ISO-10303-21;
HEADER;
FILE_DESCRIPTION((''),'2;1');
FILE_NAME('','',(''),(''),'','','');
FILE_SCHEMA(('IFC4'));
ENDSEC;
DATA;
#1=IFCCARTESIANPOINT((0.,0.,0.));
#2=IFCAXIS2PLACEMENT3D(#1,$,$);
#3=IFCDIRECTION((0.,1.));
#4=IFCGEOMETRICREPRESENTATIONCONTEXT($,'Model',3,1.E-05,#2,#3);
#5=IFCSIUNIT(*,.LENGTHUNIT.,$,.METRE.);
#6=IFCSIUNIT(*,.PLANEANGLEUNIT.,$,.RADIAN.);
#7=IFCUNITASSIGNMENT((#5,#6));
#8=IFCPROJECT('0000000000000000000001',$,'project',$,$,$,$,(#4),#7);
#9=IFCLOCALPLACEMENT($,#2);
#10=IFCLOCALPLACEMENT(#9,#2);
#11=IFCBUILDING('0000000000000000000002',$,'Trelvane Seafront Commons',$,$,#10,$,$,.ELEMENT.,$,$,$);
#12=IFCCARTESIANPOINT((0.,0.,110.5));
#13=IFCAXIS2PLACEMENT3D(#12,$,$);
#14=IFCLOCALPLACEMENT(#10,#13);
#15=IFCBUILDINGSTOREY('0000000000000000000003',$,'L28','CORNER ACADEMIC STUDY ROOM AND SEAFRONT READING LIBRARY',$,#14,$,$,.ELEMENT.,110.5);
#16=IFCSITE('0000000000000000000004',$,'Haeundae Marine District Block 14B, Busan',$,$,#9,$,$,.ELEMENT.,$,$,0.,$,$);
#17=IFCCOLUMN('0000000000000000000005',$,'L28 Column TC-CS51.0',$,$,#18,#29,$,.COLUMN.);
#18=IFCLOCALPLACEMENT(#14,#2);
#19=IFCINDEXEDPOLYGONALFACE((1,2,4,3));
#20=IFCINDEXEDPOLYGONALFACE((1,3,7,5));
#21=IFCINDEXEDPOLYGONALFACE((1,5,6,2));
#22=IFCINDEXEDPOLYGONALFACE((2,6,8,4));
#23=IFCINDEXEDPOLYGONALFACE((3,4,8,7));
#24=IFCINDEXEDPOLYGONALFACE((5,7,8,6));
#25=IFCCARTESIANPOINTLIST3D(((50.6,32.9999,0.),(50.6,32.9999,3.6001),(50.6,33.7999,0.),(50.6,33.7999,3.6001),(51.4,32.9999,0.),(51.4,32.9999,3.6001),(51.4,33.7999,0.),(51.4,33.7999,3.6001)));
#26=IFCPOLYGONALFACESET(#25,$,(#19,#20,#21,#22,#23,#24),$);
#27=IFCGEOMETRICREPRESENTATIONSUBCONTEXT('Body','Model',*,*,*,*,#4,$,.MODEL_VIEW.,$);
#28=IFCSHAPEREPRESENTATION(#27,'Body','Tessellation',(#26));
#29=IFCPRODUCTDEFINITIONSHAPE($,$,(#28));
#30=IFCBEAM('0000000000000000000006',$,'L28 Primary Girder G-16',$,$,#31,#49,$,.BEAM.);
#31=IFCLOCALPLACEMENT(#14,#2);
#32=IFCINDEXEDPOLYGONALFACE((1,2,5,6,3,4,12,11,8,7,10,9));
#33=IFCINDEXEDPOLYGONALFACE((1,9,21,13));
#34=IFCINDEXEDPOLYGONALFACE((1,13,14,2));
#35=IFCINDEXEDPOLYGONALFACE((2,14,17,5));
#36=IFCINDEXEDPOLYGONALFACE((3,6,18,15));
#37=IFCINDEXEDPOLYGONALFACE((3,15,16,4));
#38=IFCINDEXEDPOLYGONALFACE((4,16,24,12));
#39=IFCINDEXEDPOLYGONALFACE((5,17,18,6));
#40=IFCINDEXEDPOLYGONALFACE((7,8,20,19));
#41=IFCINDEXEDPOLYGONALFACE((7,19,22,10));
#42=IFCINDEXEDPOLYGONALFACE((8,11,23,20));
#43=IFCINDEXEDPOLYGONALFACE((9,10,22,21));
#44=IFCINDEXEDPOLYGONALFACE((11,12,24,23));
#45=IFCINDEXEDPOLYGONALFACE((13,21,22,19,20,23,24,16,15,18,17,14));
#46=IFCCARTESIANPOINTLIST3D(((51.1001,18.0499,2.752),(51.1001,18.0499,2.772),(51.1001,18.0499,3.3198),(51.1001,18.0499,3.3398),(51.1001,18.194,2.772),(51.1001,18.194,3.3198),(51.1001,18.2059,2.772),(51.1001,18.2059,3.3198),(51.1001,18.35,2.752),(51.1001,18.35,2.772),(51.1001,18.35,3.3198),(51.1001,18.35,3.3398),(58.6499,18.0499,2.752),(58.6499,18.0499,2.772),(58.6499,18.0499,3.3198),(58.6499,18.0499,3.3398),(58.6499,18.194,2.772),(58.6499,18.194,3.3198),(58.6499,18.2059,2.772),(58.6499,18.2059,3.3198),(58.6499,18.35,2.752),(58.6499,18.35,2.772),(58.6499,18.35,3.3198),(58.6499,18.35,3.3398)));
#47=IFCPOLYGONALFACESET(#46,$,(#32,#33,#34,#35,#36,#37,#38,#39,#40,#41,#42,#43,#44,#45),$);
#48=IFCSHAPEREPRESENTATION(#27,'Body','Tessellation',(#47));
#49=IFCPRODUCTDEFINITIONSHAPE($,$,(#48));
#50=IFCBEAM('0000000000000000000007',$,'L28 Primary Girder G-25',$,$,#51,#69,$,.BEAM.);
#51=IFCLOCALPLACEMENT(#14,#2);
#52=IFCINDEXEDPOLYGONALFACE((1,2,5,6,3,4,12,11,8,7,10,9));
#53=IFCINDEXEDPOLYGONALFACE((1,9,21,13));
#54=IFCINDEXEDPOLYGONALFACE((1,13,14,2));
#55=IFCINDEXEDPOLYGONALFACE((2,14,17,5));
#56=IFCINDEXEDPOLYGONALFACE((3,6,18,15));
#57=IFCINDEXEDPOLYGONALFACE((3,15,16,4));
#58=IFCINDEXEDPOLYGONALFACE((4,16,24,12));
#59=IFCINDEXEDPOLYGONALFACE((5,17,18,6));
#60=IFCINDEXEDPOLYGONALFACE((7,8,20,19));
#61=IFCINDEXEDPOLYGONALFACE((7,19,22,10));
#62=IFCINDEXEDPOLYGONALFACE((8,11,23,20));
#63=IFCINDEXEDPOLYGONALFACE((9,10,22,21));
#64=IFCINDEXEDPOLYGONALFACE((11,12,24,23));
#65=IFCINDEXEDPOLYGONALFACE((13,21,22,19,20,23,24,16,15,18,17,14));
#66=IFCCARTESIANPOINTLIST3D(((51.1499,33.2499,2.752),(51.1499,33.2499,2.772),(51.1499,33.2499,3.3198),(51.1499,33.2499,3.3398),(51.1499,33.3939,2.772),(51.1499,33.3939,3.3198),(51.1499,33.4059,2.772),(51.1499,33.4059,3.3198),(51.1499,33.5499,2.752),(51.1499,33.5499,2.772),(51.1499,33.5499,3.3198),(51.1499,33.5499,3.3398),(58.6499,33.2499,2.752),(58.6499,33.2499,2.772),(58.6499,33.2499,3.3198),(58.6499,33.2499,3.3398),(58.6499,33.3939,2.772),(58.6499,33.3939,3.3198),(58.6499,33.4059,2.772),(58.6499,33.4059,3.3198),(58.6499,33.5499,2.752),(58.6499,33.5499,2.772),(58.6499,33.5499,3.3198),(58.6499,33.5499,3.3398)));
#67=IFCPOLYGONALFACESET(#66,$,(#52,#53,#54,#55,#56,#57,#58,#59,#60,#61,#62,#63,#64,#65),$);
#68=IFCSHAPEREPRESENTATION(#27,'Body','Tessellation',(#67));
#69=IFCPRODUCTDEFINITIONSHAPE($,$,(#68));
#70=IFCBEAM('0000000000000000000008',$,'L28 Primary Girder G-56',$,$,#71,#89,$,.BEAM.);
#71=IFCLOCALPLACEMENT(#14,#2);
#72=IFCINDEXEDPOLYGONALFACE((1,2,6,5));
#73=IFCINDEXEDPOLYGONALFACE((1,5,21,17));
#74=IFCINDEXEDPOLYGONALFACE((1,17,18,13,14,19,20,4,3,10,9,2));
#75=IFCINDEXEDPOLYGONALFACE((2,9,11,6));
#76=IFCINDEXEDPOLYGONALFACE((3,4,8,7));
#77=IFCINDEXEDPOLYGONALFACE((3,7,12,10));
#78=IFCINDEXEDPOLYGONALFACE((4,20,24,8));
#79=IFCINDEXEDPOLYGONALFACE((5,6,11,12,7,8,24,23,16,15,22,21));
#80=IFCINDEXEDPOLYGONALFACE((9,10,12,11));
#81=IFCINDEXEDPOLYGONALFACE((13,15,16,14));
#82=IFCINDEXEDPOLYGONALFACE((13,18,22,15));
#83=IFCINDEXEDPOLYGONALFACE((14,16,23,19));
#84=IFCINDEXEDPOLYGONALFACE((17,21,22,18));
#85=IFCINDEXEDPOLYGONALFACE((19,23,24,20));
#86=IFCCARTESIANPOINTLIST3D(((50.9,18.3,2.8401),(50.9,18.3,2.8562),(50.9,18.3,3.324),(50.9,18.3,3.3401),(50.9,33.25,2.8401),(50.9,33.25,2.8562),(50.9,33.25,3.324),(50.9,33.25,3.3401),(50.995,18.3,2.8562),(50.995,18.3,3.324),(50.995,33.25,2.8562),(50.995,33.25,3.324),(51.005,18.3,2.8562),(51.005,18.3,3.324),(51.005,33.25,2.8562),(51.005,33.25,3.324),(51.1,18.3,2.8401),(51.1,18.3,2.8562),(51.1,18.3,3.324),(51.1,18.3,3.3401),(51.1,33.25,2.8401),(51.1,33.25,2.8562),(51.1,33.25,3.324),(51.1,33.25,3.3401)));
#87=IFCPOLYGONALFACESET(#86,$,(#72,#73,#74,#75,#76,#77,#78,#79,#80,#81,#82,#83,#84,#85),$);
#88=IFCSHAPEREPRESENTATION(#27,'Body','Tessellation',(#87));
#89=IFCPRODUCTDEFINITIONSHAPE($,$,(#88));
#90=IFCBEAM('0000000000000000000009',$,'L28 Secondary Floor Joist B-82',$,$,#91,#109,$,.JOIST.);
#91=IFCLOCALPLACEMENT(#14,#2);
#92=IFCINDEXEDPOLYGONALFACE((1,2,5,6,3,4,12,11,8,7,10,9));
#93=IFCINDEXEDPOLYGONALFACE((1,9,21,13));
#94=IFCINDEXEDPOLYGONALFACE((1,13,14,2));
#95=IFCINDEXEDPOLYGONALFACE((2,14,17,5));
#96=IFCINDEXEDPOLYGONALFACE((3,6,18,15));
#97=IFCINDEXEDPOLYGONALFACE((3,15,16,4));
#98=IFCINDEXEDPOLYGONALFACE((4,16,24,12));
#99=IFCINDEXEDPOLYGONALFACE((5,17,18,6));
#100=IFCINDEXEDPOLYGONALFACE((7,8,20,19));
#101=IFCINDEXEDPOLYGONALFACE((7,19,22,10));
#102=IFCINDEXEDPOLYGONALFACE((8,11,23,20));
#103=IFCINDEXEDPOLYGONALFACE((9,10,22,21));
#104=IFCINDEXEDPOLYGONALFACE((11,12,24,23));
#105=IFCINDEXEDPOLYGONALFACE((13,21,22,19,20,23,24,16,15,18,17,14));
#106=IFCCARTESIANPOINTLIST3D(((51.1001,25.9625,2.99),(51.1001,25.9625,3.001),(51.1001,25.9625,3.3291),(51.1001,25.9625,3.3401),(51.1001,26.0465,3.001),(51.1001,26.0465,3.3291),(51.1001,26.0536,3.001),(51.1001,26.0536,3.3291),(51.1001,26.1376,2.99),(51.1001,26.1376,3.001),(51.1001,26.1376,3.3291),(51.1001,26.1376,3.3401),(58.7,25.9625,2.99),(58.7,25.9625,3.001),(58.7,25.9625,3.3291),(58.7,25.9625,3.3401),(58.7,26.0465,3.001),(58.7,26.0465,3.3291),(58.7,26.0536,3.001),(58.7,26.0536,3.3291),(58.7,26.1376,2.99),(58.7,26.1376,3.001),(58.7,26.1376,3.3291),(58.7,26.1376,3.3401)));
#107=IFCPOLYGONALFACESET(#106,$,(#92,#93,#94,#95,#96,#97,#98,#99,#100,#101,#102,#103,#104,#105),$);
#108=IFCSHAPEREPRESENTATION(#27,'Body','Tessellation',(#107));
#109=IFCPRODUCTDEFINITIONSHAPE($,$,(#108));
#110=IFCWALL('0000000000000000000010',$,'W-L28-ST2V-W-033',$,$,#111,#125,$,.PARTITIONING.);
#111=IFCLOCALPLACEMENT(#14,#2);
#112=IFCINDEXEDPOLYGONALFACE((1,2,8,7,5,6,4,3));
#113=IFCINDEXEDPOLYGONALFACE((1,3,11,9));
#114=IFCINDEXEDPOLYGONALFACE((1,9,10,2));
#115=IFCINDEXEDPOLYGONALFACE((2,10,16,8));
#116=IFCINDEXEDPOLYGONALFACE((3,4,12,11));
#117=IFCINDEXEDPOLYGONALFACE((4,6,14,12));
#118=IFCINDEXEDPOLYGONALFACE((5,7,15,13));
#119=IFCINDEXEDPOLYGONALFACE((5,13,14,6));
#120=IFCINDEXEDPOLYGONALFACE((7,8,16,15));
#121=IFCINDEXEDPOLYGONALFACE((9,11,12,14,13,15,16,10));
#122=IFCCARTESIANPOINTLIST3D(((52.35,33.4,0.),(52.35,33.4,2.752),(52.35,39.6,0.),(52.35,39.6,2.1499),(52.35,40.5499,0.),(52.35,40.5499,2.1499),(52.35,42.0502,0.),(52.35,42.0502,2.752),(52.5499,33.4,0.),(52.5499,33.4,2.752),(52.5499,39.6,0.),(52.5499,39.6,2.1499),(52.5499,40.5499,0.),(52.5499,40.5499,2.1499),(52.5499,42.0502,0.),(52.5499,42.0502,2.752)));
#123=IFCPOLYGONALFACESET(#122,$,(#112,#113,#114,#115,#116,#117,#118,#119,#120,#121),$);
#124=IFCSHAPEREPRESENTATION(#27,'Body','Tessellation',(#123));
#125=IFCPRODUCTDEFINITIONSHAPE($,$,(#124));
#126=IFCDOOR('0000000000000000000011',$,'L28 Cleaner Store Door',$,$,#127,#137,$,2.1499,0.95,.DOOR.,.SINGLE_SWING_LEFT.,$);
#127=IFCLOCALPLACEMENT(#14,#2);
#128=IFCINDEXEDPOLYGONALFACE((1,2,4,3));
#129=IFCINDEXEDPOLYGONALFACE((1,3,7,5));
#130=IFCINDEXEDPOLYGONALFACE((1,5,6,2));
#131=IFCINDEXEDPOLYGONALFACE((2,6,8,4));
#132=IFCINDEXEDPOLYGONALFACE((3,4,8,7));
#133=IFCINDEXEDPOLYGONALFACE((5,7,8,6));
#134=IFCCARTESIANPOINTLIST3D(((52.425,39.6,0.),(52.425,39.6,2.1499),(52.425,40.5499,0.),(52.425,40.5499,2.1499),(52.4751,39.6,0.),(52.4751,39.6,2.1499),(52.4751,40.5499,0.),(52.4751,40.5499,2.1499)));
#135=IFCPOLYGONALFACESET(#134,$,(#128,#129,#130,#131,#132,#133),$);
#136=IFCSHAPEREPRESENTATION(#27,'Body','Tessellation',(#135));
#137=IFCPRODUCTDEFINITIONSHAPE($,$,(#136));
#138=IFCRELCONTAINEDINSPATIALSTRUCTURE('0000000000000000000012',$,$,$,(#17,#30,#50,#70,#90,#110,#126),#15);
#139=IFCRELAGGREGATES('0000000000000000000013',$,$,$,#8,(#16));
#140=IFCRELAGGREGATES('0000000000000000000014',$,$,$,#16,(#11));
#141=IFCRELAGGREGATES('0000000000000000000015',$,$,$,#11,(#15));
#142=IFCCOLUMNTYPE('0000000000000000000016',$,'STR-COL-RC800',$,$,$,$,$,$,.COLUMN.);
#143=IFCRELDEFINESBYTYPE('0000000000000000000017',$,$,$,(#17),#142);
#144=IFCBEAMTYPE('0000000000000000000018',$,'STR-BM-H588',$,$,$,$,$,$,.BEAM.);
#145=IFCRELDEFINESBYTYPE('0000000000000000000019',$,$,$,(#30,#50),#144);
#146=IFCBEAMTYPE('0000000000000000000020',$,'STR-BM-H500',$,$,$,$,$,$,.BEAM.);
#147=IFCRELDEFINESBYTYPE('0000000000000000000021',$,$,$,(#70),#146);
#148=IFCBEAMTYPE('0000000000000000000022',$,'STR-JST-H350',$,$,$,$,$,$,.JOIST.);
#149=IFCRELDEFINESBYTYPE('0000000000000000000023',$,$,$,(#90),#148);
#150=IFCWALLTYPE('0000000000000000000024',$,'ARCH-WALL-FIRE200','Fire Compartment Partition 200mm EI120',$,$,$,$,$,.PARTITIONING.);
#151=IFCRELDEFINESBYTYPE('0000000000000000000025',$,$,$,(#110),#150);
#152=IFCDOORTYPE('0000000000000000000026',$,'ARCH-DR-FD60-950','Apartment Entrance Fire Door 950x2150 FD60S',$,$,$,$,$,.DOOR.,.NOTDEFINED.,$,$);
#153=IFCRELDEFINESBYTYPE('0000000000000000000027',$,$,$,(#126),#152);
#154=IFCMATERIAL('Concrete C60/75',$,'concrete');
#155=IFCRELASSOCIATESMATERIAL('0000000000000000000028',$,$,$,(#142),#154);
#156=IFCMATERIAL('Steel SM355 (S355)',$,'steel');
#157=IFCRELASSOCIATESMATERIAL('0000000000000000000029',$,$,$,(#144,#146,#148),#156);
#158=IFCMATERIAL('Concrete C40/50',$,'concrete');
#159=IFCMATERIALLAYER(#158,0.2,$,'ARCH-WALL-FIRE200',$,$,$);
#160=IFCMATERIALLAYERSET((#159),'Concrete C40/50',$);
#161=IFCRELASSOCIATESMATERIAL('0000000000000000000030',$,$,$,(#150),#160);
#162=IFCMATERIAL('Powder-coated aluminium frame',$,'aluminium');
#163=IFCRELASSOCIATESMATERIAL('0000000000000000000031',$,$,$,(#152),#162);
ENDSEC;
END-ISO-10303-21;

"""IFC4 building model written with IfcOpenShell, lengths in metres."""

from ifc_helpers import new_model, si_unit, direction, frame, frame_2d, origin, origin_2d, place, context, subcontext, project, spatial, rectangle, i_section, extrude, source, transform, mapped, material, layer, layer_set, material_profile, profile_set, type_object, element, fill, save


model = new_model("IFC4")

# Units and contexts
model_context = context("Model", 3, precision=1e-05, world=origin(), true_north=direction((0.0, 1.0)))
body_context = subcontext(model_context, "Body", "Model", "MODEL_VIEW")
ifc_project = project(units=[si_unit("LENGTHUNIT", "METRE"), si_unit("PLANEANGLEUNIT", "RADIAN")], contexts=[model_context])

# Site, building, storey
site_placement = place(None, origin())
site = spatial("IfcSite", under=ifc_project, at=site_placement, Name="Haeundae Marine District Block 14B, Busan", CompositionType="ELEMENT", RefElevation=0.0)
building_placement = place(site_placement, origin())
building = spatial("IfcBuilding", under=site, at=building_placement, Name="Trelvane Seafront Commons", CompositionType="ELEMENT")
storey_placement = place(building_placement, frame((0.0, 0.0, 110.5)))
storey = spatial("IfcBuildingStorey", under=building, at=storey_placement, Name="L28", Description="CORNER ACADEMIC STUDY ROOM AND SEAFRONT READING LIBRARY", CompositionType="ELEMENT", Elevation=110.5)

# Column
ifc_material_1 = material(Name="Concrete C60/75", Category="concrete")
ifc_material_profile_1 = material_profile(ifc_material_1, rectangle(XDim=0.8, YDim=0.8, at=origin_2d()), Name="RC-800x800")
ifc_profile_set_1 = profile_set([ifc_material_profile_1], Name="Concrete C60/75")
column_type = type_object("IfcColumnType", Name="STR-COL-RC800", PredefinedType="COLUMN", material=ifc_profile_set_1)
shared_shape_1 = source(origin(), body_context, "Body", "SweptSolid", [
    extrude(rectangle(XDim=0.8, YDim=0.8, at=origin_2d()), origin(), (0.0, 0.0, 1.0), 3.6001),
])
column_placement = place(storey_placement, frame((51.0, 33.3999, 0.0), z_axis=(0.0, 0.0, 1.0), x_axis=(1.0, 0.0, 0.0)))
element("IfcColumn", 1, at=column_placement, inside=storey, type_object=column_type, Name="L28 Column TC-CS51.0", PredefinedType="COLUMN", context=body_context, shape_type="MappedRepresentation", body=[
    mapped(shared_shape_1, transform((0.0, 0.0, 0.0), x_axis=(1.0, 0.0, 0.0), y_axis=(0.0, 1.0, 0.0), z_axis=(0.0, 0.0, 1.0), scale=1.0)),
])

# Beams
ifc_material_2 = material(Name="Steel SM355 (S355)", Category="steel")
ifc_material_profile_2 = material_profile(ifc_material_2, i_section(OverallWidth=0.3, OverallDepth=0.5879, WebThickness=0.012, FlangeThickness=0.02, at=origin_2d()), Name="H-588x300x12x20")
ifc_profile_set_2 = profile_set([ifc_material_profile_2], Name="Steel SM355 (S355)")
beam_type_1 = type_object("IfcBeamType", Name="STR-BM-H588", PredefinedType="BEAM", material=ifc_profile_set_2)
shared_shape_2 = source(origin(), body_context, "Body", "SweptSolid", [
    extrude(i_section(OverallWidth=0.3, OverallDepth=0.5879, WebThickness=0.012, FlangeThickness=0.02, at=origin_2d()), origin(), (0.0, 0.0, 1.0), 7.5498),
])
beam_1_placement = place(storey_placement, frame((51.1001, 18.2, 3.0459), z_axis=(1.0, 0.0, 0.0), x_axis=(0.0, 1.0, 0.0)))
element("IfcBeam", 2, at=beam_1_placement, inside=storey, type_object=beam_type_1, Name="L28 Primary Girder G-16", PredefinedType="BEAM", context=body_context, shape_type="MappedRepresentation", body=[
    mapped(shared_shape_2, transform((0.0, 0.0, 0.0), x_axis=(1.0, 0.0, 0.0), y_axis=(0.0, 1.0, 0.0), z_axis=(0.0, 0.0, 1.0), scale=1.0)),
])
shared_shape_3 = source(origin(), body_context, "Body", "SweptSolid", [
    extrude(i_section(OverallWidth=0.3, OverallDepth=0.5879, WebThickness=0.012, FlangeThickness=0.02, at=origin_2d()), origin(), (0.0, 0.0, 1.0), 7.5),
])
beam_2_placement = place(storey_placement, frame((51.1499, 33.3999, 3.0459), z_axis=(1.0, 0.0, 0.0), x_axis=(0.0, 1.0, 0.0)))
element("IfcBeam", 3, at=beam_2_placement, inside=storey, type_object=beam_type_1, Name="L28 Primary Girder G-25", PredefinedType="BEAM", context=body_context, shape_type="MappedRepresentation", body=[
    mapped(shared_shape_3, transform((0.0, 0.0, 0.0), x_axis=(1.0, 0.0, 0.0), y_axis=(0.0, 1.0, 0.0), z_axis=(0.0, 0.0, 1.0), scale=1.0)),
])
ifc_material_profile_3 = material_profile(ifc_material_2, i_section(OverallWidth=0.2, OverallDepth=0.5, WebThickness=0.01, FlangeThickness=0.0161, at=origin_2d()), Name="H-500x200x10x16")
ifc_profile_set_3 = profile_set([ifc_material_profile_3], Name="Steel SM355 (S355)")
beam_type_2 = type_object("IfcBeamType", Name="STR-BM-H500", PredefinedType="BEAM", material=ifc_profile_set_3)
shared_shape_4 = source(origin(), body_context, "Body", "SweptSolid", [
    extrude(i_section(OverallWidth=0.2, OverallDepth=0.5, WebThickness=0.01, FlangeThickness=0.0161, at=origin_2d()), origin(), (0.0, 0.0, 1.0), 14.95),
])
beam_3_placement = place(storey_placement, frame((51.0, 18.3, 3.0901), z_axis=(0.0, 1.0, 0.0), x_axis=(-1.0, 0.0, 0.0)))
element("IfcBeam", 4, at=beam_3_placement, inside=storey, type_object=beam_type_2, Name="L28 Primary Girder G-56", PredefinedType="BEAM", context=body_context, shape_type="MappedRepresentation", body=[
    mapped(shared_shape_4, transform((0.0, 0.0, 0.0), x_axis=(1.0, 0.0, 0.0), y_axis=(0.0, 1.0, 0.0), z_axis=(0.0, 0.0, 1.0), scale=1.0)),
])
ifc_material_profile_4 = material_profile(ifc_material_2, i_section(OverallWidth=0.175, OverallDepth=0.3501, WebThickness=0.0071, FlangeThickness=0.011, at=origin_2d()), Name="H-350x175x7x11")
ifc_profile_set_4 = profile_set([ifc_material_profile_4], Name="Steel SM355 (S355)")
beam_type_3 = type_object("IfcBeamType", Name="STR-JST-H350", PredefinedType="JOIST", material=ifc_profile_set_4)
shared_shape_5 = source(origin(), body_context, "Body", "SweptSolid", [
    extrude(i_section(OverallWidth=0.175, OverallDepth=0.3501, WebThickness=0.0071, FlangeThickness=0.011, at=origin_2d()), origin(), (0.0, 0.0, 1.0), 7.5999),
])
beam_4_placement = place(storey_placement, frame((51.1001, 26.05, 3.165), z_axis=(1.0, 0.0, 0.0), x_axis=(0.0, 1.0, 0.0)))
element("IfcBeam", 5, at=beam_4_placement, inside=storey, type_object=beam_type_3, Name="L28 Secondary Floor Joist B-82", PredefinedType="JOIST", context=body_context, shape_type="MappedRepresentation", body=[
    mapped(shared_shape_5, transform((0.0, 0.0, 0.0), x_axis=(1.0, 0.0, 0.0), y_axis=(0.0, 1.0, 0.0), z_axis=(0.0, 0.0, 1.0), scale=1.0)),
])

# Wall, opening, door
ifc_material_3 = material(Name="Concrete C40/50", Category="concrete")
ifc_layer_1 = layer(ifc_material_3, 0.2, Name="ARCH-WALL-FIRE200")
ifc_layer_set_1 = layer_set([ifc_layer_1], Name="Concrete C40/50")
wall_type_1 = type_object("IfcWallType", Name="ARCH-WALL-FIRE200", Description="Fire Compartment Partition 200mm EI120", PredefinedType="PARTITIONING", material=ifc_layer_set_1)
wall_1_placement = place(storey_placement, frame((52.45, 33.3999, 0.0), z_axis=(0.0, 0.0, 1.0), x_axis=(0.0, 1.0, 0.0)))
wall_1 = element("IfcWall", 6, at=wall_1_placement, inside=storey, type_object=wall_type_1, Name="W-L28-ST2V-W-033", PredefinedType="PARTITIONING", context=body_context, shape_type="SweptSolid", body=[
    extrude(rectangle(XDim=8.6501, YDim=0.2, at=frame_2d((4.3252, 0.0))), origin(), (0.0, 0.0, 1.0), 2.752),
])
opening_1_placement = place(wall_1_placement, frame((6.2, 0.0, 0.0)))
opening_1 = element("IfcOpeningElement", 7, at=opening_1_placement, cuts=wall_1, PredefinedType="OPENING", context=body_context, shape_type="SweptSolid", body=[
    extrude(rectangle(XDim=0.95, YDim=2.1499, at=frame_2d((0.4751, 1.075))), frame((0.0, 0.1099, 0.0), z_axis=(0.0, -1.0, 0.0), x_axis=(1.0, 0.0, 0.0)), (0.0, 0.0, 1.0), 0.22),
])
ifc_material_4 = material(Name="Powder-coated aluminium frame", Category="aluminium")
door_type_1 = type_object("IfcDoorType", Name="ARCH-DR-FD60-950", Description="Apartment Entrance Fire Door 950x2150 FD60S", OperationType="NOTDEFINED", PredefinedType="DOOR", material=ifc_material_4)
shared_shape_6 = source(origin(), body_context, "Body", "SweptSolid", [
    extrude(rectangle(XDim=0.95, YDim=2.1499, at=frame_2d((0.4751, 1.075))), frame((0.0, 0.0249, 0.0), z_axis=(0.0, -1.0, 0.0), x_axis=(1.0, 0.0, 0.0)), (0.0, 0.0, 1.0), 0.05),
])
door_1_placement = place(opening_1_placement, origin())
door_1 = element("IfcDoor", 8, at=door_1_placement, inside=storey, type_object=door_type_1, Name="L28 Cleaner Store Door", OperationType="SINGLE_SWING_LEFT", OverallHeight=2.1499, OverallWidth=0.95, PredefinedType="DOOR", context=body_context, shape_type="MappedRepresentation", body=[
    mapped(shared_shape_6, transform((0.0, 0.0, 0.0), x_axis=(1.0, 0.0, 0.0), y_axis=(0.0, 1.0, 0.0), z_axis=(0.0, 0.0, 1.0), scale=1.0)),
])
fill(opening_1, door_1)

save(model, "model.ifc")
